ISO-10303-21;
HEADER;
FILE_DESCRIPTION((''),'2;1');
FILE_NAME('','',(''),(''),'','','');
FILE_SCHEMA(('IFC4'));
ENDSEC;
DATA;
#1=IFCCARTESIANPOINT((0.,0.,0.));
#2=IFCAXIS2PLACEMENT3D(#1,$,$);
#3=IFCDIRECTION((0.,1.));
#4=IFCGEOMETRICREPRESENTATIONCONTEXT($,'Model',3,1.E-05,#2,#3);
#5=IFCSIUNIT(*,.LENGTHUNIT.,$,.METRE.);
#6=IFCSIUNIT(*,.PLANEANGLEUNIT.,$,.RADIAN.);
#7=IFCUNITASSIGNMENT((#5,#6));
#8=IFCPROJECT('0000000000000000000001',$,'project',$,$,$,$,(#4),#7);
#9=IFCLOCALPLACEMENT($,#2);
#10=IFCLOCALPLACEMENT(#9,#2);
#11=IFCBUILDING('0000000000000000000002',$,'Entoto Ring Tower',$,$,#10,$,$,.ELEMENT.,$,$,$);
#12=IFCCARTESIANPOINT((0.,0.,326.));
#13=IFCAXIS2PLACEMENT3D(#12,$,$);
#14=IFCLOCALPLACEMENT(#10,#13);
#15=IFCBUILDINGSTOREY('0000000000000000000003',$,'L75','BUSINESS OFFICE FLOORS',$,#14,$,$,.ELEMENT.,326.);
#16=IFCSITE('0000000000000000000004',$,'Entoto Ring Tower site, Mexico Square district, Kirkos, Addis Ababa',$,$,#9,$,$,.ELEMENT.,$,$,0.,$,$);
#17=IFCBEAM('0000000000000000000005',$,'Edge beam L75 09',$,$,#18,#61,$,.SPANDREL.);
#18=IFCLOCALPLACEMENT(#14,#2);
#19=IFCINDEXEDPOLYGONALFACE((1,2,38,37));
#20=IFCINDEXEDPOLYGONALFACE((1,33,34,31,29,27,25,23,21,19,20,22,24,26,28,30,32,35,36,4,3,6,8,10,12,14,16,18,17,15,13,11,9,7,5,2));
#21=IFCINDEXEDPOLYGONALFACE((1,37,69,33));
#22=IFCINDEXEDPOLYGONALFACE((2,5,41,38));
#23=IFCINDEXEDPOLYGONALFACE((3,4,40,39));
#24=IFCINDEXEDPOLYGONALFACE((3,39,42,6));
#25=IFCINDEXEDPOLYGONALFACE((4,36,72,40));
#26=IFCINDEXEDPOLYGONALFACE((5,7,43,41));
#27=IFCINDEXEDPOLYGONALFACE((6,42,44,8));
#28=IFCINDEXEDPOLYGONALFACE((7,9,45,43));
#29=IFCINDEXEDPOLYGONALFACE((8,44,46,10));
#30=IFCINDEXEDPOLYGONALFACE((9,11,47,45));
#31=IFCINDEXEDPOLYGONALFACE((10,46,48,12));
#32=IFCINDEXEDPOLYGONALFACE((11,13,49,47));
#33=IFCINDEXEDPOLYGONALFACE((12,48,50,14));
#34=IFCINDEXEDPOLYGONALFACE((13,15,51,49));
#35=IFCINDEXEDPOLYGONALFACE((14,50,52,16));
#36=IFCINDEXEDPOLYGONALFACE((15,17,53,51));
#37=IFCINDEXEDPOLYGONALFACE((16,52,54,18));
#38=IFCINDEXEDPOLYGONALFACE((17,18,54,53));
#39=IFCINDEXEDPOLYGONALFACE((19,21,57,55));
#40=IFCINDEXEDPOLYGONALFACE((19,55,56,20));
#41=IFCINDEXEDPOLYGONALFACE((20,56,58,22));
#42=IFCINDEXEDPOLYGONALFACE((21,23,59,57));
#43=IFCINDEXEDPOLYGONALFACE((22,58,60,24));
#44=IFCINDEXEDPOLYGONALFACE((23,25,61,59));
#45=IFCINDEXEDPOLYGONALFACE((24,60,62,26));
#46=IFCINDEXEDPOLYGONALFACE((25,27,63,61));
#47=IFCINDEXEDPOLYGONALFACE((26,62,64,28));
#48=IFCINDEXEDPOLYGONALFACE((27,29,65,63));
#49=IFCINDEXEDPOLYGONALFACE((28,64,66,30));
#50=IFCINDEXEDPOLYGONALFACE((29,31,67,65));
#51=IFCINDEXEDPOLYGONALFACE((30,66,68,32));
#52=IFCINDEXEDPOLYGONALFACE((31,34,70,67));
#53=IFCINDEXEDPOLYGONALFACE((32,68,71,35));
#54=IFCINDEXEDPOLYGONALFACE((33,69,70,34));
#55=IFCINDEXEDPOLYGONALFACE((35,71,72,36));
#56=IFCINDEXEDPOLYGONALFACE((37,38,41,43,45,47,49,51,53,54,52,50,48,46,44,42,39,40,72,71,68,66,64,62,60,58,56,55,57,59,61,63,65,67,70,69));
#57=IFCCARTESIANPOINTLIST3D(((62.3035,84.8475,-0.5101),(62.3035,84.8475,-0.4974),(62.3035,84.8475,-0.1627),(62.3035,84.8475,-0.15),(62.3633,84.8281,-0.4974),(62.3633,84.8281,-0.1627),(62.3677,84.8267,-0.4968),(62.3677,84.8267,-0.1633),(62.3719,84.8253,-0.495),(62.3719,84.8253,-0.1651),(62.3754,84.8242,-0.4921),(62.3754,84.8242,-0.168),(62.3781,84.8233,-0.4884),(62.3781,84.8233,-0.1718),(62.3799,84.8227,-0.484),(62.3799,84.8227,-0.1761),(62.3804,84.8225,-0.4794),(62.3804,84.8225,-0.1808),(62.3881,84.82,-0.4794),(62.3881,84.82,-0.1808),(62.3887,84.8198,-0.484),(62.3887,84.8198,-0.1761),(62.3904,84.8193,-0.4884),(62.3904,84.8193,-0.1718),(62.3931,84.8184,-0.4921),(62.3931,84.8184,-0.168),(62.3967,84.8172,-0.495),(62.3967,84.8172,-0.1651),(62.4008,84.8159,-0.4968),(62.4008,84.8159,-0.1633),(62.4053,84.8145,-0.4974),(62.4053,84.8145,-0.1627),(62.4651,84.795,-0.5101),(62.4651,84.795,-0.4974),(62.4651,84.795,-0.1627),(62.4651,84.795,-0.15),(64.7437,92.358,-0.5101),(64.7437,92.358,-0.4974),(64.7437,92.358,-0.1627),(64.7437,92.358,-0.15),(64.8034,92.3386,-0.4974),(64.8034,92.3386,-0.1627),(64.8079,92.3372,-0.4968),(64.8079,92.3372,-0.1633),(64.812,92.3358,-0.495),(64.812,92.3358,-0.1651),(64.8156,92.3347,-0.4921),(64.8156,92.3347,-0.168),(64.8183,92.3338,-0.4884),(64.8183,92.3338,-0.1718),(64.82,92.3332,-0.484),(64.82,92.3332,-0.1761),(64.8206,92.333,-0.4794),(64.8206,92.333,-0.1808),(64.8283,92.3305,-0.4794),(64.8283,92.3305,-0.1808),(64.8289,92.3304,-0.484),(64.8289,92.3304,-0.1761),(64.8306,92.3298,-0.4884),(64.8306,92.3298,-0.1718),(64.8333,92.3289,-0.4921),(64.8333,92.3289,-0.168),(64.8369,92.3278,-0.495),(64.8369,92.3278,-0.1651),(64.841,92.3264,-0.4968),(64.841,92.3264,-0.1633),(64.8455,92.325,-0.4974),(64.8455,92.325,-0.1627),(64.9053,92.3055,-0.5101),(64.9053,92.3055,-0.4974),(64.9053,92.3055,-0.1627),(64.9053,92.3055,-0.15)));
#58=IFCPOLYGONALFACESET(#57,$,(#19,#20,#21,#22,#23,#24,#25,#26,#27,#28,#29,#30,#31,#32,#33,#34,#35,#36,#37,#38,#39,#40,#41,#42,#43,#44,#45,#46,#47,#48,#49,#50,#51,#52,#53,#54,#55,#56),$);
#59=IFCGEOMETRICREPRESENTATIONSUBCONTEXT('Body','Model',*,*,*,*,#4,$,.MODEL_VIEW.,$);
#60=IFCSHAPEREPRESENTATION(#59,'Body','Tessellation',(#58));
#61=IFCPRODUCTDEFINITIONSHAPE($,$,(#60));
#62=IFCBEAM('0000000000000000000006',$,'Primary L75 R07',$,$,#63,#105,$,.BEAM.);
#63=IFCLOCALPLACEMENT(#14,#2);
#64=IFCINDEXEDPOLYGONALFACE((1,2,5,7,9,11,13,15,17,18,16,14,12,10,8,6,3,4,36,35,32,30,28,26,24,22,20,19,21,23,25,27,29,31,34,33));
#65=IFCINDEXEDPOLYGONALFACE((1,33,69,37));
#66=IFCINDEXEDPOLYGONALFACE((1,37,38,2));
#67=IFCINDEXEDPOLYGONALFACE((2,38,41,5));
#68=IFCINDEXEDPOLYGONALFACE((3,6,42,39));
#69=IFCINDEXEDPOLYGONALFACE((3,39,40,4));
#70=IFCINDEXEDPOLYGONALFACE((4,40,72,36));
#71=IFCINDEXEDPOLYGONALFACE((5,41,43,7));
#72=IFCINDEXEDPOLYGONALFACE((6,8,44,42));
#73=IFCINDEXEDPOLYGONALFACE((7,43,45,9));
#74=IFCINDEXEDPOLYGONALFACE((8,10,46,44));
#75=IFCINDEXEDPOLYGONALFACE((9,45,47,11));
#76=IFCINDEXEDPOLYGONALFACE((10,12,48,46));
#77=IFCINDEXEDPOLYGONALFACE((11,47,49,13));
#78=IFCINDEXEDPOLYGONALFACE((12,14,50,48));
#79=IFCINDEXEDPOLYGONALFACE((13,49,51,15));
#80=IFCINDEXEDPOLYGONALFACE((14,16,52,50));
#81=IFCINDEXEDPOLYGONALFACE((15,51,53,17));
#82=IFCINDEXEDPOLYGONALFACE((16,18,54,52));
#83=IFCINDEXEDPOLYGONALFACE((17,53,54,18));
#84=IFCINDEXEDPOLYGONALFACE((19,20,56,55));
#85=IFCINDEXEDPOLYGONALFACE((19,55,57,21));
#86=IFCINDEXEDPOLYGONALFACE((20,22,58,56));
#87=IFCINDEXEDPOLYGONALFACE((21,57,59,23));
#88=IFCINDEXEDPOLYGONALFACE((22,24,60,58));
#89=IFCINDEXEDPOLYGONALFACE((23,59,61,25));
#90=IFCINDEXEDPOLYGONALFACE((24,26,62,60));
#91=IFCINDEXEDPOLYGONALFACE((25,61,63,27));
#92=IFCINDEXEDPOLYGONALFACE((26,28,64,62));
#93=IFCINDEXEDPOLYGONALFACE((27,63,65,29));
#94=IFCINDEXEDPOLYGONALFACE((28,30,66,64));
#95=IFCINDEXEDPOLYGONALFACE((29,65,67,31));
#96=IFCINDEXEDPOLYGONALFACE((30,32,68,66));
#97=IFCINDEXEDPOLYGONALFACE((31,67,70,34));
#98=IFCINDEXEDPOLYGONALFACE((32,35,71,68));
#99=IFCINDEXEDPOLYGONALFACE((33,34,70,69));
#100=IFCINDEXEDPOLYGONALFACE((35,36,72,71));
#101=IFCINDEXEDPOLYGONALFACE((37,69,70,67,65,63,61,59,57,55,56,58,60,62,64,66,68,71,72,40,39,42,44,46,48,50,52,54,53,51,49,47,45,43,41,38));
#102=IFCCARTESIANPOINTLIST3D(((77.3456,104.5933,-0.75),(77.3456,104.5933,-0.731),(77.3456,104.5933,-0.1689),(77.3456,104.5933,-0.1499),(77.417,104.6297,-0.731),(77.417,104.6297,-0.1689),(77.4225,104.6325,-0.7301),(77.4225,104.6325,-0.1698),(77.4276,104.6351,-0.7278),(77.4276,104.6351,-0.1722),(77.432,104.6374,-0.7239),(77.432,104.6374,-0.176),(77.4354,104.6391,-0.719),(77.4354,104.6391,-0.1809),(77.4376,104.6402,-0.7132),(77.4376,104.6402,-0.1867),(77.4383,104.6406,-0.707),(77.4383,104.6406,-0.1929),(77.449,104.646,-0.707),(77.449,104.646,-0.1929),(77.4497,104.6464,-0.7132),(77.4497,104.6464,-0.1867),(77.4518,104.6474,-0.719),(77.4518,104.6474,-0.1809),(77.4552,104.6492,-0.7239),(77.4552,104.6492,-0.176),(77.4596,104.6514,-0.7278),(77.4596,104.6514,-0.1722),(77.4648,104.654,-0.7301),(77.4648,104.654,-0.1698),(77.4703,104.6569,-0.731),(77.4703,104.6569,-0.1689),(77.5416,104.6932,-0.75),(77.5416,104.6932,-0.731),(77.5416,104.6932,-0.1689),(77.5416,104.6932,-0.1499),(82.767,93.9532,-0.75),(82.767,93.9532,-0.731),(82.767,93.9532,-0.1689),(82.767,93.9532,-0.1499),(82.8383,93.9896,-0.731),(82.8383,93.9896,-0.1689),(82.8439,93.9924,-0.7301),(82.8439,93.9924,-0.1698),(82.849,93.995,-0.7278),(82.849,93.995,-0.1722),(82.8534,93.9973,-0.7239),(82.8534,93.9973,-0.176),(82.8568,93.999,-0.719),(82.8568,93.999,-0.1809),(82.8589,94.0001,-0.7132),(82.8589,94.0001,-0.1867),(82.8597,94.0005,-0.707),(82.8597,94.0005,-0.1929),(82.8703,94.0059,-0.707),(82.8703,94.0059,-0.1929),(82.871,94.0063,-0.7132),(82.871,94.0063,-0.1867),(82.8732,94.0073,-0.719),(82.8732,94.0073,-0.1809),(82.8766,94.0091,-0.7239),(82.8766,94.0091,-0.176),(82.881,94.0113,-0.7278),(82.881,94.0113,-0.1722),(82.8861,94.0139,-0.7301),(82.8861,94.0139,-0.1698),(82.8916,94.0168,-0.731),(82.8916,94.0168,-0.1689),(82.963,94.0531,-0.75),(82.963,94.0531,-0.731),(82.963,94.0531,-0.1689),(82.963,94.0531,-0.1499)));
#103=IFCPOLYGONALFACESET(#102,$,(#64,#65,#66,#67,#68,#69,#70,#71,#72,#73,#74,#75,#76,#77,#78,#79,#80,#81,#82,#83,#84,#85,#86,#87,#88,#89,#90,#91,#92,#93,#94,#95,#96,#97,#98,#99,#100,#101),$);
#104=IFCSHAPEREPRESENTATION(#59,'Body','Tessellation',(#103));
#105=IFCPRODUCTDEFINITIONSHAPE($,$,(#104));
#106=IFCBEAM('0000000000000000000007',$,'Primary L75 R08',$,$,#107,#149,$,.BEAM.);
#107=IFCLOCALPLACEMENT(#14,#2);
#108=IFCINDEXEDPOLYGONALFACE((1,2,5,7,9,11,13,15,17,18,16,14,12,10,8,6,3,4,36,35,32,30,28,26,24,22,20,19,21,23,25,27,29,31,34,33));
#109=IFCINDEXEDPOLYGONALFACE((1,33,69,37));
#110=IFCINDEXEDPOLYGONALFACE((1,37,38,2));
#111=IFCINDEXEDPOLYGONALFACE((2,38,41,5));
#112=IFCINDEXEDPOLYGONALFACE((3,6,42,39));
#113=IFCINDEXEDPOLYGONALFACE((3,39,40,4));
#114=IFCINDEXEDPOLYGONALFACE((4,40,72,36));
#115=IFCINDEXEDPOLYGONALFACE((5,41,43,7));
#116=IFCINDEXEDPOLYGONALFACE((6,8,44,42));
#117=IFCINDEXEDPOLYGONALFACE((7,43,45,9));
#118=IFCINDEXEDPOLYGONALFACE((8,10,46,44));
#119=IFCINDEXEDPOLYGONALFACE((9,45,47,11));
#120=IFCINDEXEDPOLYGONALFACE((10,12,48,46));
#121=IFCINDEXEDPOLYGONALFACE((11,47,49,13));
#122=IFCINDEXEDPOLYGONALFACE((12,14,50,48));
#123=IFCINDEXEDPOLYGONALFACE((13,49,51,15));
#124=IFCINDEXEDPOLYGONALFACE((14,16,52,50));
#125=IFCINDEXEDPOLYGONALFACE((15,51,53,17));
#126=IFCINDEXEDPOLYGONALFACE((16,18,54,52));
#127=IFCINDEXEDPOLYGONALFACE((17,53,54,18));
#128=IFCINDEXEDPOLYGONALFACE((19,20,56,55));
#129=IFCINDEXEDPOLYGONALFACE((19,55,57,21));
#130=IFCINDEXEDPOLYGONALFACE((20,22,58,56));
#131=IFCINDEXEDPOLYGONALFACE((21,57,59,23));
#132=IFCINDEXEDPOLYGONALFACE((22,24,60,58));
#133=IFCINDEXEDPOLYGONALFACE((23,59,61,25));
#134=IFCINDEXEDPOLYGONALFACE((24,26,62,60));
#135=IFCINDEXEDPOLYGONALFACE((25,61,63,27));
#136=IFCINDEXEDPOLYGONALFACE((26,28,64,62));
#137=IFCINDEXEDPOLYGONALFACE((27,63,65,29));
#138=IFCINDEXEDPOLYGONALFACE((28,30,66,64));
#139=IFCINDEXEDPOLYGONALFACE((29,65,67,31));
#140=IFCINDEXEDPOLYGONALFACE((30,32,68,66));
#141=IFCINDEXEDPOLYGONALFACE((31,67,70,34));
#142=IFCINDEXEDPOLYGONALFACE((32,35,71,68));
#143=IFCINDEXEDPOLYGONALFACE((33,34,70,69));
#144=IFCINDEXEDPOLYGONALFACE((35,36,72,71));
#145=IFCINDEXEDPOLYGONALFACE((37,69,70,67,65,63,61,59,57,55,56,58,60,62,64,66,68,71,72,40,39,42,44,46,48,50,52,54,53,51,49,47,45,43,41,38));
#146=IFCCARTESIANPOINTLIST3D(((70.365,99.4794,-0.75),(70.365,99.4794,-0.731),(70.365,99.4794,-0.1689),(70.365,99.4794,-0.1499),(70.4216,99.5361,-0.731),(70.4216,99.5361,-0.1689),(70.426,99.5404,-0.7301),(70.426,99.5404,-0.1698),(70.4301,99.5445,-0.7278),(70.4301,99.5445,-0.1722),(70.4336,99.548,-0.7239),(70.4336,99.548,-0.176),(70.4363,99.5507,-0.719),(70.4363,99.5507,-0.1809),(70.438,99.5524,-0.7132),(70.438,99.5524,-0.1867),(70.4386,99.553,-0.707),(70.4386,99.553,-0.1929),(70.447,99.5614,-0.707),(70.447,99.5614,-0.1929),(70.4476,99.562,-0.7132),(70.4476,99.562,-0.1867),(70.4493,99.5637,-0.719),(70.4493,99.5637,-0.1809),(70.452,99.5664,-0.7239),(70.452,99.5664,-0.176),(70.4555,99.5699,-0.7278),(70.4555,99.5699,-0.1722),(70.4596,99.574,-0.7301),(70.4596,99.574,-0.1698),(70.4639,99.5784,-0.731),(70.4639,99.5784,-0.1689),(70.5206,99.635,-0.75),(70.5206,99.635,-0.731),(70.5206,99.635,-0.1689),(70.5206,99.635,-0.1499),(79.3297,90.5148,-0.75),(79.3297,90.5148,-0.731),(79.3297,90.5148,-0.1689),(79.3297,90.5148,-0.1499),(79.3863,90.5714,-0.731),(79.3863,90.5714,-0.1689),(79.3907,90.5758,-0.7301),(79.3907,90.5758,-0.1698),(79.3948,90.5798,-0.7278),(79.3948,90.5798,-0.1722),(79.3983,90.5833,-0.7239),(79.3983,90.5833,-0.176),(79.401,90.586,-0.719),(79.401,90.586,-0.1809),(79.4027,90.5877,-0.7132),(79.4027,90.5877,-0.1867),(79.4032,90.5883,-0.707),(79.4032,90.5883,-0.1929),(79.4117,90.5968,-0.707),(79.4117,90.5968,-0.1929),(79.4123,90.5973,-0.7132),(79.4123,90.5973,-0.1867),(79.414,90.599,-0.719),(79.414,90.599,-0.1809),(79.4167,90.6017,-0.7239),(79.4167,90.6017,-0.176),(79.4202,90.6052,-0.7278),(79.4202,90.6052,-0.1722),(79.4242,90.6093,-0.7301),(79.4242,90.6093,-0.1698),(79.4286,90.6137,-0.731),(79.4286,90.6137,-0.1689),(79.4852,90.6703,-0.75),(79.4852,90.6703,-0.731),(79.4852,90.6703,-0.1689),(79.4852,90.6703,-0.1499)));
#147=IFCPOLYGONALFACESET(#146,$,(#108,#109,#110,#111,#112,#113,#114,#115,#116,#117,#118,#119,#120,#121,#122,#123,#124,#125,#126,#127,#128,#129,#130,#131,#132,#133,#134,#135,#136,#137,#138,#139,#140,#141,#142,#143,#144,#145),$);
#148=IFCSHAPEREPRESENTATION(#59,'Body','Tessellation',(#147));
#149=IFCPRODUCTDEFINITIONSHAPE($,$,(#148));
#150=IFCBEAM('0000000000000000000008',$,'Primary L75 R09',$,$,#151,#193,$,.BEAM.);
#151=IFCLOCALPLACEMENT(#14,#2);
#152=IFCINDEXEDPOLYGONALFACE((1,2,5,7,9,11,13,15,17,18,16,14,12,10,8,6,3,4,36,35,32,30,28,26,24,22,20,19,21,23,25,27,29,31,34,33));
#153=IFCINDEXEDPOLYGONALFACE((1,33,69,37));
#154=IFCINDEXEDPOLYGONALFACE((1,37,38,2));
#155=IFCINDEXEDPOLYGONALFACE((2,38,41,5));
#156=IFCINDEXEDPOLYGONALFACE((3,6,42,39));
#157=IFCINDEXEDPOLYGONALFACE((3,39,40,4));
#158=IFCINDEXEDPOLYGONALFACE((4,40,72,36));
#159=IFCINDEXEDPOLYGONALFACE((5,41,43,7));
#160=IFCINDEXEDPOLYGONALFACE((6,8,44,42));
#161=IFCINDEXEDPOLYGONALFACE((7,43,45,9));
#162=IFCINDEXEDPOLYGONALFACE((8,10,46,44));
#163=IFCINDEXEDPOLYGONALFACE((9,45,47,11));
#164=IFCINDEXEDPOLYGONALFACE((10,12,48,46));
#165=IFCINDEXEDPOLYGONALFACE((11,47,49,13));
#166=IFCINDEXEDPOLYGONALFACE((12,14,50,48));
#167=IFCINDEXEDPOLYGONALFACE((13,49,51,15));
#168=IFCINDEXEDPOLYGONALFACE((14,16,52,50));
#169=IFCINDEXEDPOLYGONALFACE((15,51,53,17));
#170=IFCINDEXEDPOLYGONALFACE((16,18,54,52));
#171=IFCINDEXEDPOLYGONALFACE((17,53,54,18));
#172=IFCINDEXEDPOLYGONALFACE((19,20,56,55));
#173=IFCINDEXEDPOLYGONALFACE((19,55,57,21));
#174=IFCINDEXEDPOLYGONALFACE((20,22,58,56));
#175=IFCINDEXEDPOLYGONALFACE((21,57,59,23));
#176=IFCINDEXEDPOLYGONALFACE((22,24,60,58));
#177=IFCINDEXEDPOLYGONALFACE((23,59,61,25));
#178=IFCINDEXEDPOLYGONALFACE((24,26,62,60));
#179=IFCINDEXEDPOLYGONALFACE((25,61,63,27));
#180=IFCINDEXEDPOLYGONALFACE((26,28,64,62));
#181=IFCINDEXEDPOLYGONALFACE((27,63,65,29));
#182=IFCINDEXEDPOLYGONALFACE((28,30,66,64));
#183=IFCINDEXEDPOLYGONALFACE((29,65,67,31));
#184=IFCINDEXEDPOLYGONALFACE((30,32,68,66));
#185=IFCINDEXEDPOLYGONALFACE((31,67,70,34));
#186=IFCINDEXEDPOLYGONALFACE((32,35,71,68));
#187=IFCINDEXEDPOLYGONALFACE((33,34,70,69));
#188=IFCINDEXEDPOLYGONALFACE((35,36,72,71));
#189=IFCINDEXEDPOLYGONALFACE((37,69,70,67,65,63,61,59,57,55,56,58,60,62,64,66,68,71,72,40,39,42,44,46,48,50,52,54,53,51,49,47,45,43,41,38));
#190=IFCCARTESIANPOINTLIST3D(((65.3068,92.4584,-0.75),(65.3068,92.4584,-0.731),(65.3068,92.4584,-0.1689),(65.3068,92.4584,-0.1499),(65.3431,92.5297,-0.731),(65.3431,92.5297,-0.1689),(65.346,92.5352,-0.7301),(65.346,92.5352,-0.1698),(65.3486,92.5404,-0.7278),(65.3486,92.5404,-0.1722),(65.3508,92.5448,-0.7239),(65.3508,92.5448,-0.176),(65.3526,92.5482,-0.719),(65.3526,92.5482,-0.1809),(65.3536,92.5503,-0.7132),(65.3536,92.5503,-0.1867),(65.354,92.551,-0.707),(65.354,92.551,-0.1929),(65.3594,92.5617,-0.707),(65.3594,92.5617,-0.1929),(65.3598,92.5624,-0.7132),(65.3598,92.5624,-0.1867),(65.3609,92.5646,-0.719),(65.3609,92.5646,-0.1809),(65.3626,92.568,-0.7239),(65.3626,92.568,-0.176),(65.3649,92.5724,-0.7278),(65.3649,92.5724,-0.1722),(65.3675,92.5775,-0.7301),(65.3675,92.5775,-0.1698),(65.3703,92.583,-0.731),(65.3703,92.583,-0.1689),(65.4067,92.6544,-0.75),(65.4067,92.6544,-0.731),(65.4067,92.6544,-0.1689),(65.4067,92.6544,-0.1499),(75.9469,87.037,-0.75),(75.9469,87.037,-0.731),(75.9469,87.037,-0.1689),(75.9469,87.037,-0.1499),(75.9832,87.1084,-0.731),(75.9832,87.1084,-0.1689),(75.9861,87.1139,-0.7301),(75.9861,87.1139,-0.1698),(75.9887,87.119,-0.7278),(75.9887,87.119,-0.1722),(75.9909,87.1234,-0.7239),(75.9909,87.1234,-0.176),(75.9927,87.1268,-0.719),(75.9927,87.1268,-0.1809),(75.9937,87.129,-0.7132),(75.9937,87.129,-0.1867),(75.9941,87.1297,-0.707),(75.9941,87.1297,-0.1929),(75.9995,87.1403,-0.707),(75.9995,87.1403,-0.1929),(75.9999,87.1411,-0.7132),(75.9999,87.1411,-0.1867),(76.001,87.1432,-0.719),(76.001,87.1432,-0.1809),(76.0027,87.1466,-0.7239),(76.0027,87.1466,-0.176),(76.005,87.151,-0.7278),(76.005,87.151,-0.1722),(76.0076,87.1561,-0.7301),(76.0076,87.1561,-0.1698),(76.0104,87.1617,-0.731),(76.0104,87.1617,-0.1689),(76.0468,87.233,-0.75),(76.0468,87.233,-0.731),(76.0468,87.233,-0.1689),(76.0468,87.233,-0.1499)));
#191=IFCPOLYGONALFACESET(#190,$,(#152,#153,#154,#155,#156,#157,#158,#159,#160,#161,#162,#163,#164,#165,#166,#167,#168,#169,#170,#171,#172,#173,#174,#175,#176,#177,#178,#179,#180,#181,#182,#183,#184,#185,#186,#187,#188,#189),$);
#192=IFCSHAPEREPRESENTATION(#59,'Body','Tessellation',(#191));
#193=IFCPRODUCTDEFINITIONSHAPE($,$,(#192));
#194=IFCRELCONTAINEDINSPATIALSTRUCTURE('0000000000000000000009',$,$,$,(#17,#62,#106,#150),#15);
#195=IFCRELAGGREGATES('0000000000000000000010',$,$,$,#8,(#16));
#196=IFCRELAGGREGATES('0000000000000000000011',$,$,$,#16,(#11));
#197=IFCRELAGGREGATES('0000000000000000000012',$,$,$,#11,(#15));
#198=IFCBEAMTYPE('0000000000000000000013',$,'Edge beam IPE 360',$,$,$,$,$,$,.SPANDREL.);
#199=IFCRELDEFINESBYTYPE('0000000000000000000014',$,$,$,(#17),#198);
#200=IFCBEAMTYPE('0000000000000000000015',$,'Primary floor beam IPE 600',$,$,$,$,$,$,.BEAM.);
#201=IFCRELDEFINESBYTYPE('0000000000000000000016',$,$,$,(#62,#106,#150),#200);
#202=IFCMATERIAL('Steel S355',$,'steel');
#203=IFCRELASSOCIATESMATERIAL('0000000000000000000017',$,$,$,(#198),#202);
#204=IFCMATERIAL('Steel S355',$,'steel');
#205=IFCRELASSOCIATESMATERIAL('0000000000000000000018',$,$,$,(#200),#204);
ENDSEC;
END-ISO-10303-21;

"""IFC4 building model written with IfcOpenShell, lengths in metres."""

from ifc_helpers import new_model, si_unit, direction, frame, origin, origin_2d, place, context, subcontext, project, spatial, i_section, extrude, material, material_profile, profile_set, type_object, element, save


model = new_model("IFC4")

# Units and contexts
model_context = context("Model", 3, precision=1e-05, world=origin(), true_north=direction((0.0, 1.0)))
body_context = subcontext(model_context, "Body", "Model", "MODEL_VIEW")
ifc_project = project(units=[si_unit("LENGTHUNIT", "METRE"), si_unit("PLANEANGLEUNIT", "RADIAN")], contexts=[model_context])

# Site, building, storey
site_placement = place(None, origin())
site = spatial("IfcSite", under=ifc_project, at=site_placement, Name="Entoto Ring Tower site, Mexico Square district, Kirkos, Addis Ababa", CompositionType="ELEMENT", RefElevation=0.0)
building_placement = place(site_placement, origin())
building = spatial("IfcBuilding", under=site, at=building_placement, Name="Entoto Ring Tower", CompositionType="ELEMENT")
storey_placement = place(building_placement, frame((0.0, 0.0, 326.0)))
storey = spatial("IfcBuildingStorey", under=building, at=storey_placement, Name="L75", Description="BUSINESS OFFICE FLOORS", CompositionType="ELEMENT", Elevation=326.0)

# Beams
ifc_material_1 = material(Name="Steel S355", Category="steel")
ifc_material_profile_1 = material_profile(ifc_material_1, i_section(OverallWidth=0.1699, OverallDepth=0.3601, WebThickness=0.0081, FlangeThickness=0.0127, FilletRadius=0.0181, at=origin_2d()), Name="IPE 360")
ifc_profile_set_1 = profile_set([ifc_material_profile_1], Name="Steel S355")
beam_type_1 = type_object("IfcBeamType", Name="Edge beam IPE 360", PredefinedType="SPANDREL", material=ifc_profile_set_1)
beam_1_placement = place(storey_placement, frame((64.8245, 92.3318, -0.3301), z_axis=(-0.309003, -0.951061, 0.0), x_axis=(0.951061, -0.309003, 0.0)))
element("IfcBeam", 1, at=beam_1_placement, inside=storey, type_object=beam_type_1, Name="Edge beam L75 09", PredefinedType="SPANDREL", context=body_context, shape_type="SweptSolid", body=[
    extrude(i_section(OverallWidth=0.1699, OverallDepth=0.3601, WebThickness=0.0081, FlangeThickness=0.0127, FilletRadius=0.0181, at=origin_2d()), origin(), (0.0, 0.0, 1.0), 7.897),
])
ifc_material_2 = material(Name="Steel S355", Category="steel")
ifc_material_profile_2 = material_profile(ifc_material_2, i_section(OverallWidth=0.22, OverallDepth=0.6001, WebThickness=0.012, FlangeThickness=0.019, FilletRadius=0.0239, at=origin_2d()), Name="IPE 600")
ifc_profile_set_2 = profile_set([ifc_material_profile_2], Name="Steel S355")
beam_type_2 = type_object("IfcBeamType", Name="Primary floor beam IPE 600", PredefinedType="BEAM", material=ifc_profile_set_2)
beam_2_placement = place(storey_placement, frame((82.865, 94.0032, -0.45), z_axis=(-0.453988, 0.891008, 0.0), x_axis=(-0.891008, -0.453988, 0.0)))
element("IfcBeam", 2, at=beam_2_placement, inside=storey, type_object=beam_type_2, Name="Primary L75 R07", PredefinedType="BEAM", context=body_context, shape_type="SweptSolid", body=[
    extrude(i_section(OverallWidth=0.22, OverallDepth=0.6001, WebThickness=0.012, FlangeThickness=0.019, FilletRadius=0.0239, at=origin_2d()), origin(), (0.0, 0.0, 1.0), 11.9417),
])
beam_3_placement = place(storey_placement, frame((79.4075, 90.5925, -0.45), z_axis=(-0.707107, 0.707107, 0.0), x_axis=(-0.707107, -0.707107, 0.0)))
element("IfcBeam", 3, at=beam_3_placement, inside=storey, type_object=beam_type_2, Name="Primary L75 R08", PredefinedType="BEAM", context=body_context, shape_type="SweptSolid", body=[
    extrude(i_section(OverallWidth=0.22, OverallDepth=0.6001, WebThickness=0.012, FlangeThickness=0.019, FilletRadius=0.0239, at=origin_2d()), origin(), (0.0, 0.0, 1.0), 12.678),
])
beam_4_placement = place(storey_placement, frame((75.9968, 87.135, -0.45), z_axis=(-0.891008, 0.453988, 0.0), x_axis=(-0.453988, -0.891008, 0.0)))
element("IfcBeam", 4, at=beam_4_placement, inside=storey, type_object=beam_type_2, Name="Primary L75 R09", PredefinedType="BEAM", context=body_context, shape_type="SweptSolid", body=[
    extrude(i_section(OverallWidth=0.22, OverallDepth=0.6001, WebThickness=0.012, FlangeThickness=0.019, FilletRadius=0.0239, at=origin_2d()), origin(), (0.0, 0.0, 1.0), 11.9417),
])

save(model, "model.ifc")
